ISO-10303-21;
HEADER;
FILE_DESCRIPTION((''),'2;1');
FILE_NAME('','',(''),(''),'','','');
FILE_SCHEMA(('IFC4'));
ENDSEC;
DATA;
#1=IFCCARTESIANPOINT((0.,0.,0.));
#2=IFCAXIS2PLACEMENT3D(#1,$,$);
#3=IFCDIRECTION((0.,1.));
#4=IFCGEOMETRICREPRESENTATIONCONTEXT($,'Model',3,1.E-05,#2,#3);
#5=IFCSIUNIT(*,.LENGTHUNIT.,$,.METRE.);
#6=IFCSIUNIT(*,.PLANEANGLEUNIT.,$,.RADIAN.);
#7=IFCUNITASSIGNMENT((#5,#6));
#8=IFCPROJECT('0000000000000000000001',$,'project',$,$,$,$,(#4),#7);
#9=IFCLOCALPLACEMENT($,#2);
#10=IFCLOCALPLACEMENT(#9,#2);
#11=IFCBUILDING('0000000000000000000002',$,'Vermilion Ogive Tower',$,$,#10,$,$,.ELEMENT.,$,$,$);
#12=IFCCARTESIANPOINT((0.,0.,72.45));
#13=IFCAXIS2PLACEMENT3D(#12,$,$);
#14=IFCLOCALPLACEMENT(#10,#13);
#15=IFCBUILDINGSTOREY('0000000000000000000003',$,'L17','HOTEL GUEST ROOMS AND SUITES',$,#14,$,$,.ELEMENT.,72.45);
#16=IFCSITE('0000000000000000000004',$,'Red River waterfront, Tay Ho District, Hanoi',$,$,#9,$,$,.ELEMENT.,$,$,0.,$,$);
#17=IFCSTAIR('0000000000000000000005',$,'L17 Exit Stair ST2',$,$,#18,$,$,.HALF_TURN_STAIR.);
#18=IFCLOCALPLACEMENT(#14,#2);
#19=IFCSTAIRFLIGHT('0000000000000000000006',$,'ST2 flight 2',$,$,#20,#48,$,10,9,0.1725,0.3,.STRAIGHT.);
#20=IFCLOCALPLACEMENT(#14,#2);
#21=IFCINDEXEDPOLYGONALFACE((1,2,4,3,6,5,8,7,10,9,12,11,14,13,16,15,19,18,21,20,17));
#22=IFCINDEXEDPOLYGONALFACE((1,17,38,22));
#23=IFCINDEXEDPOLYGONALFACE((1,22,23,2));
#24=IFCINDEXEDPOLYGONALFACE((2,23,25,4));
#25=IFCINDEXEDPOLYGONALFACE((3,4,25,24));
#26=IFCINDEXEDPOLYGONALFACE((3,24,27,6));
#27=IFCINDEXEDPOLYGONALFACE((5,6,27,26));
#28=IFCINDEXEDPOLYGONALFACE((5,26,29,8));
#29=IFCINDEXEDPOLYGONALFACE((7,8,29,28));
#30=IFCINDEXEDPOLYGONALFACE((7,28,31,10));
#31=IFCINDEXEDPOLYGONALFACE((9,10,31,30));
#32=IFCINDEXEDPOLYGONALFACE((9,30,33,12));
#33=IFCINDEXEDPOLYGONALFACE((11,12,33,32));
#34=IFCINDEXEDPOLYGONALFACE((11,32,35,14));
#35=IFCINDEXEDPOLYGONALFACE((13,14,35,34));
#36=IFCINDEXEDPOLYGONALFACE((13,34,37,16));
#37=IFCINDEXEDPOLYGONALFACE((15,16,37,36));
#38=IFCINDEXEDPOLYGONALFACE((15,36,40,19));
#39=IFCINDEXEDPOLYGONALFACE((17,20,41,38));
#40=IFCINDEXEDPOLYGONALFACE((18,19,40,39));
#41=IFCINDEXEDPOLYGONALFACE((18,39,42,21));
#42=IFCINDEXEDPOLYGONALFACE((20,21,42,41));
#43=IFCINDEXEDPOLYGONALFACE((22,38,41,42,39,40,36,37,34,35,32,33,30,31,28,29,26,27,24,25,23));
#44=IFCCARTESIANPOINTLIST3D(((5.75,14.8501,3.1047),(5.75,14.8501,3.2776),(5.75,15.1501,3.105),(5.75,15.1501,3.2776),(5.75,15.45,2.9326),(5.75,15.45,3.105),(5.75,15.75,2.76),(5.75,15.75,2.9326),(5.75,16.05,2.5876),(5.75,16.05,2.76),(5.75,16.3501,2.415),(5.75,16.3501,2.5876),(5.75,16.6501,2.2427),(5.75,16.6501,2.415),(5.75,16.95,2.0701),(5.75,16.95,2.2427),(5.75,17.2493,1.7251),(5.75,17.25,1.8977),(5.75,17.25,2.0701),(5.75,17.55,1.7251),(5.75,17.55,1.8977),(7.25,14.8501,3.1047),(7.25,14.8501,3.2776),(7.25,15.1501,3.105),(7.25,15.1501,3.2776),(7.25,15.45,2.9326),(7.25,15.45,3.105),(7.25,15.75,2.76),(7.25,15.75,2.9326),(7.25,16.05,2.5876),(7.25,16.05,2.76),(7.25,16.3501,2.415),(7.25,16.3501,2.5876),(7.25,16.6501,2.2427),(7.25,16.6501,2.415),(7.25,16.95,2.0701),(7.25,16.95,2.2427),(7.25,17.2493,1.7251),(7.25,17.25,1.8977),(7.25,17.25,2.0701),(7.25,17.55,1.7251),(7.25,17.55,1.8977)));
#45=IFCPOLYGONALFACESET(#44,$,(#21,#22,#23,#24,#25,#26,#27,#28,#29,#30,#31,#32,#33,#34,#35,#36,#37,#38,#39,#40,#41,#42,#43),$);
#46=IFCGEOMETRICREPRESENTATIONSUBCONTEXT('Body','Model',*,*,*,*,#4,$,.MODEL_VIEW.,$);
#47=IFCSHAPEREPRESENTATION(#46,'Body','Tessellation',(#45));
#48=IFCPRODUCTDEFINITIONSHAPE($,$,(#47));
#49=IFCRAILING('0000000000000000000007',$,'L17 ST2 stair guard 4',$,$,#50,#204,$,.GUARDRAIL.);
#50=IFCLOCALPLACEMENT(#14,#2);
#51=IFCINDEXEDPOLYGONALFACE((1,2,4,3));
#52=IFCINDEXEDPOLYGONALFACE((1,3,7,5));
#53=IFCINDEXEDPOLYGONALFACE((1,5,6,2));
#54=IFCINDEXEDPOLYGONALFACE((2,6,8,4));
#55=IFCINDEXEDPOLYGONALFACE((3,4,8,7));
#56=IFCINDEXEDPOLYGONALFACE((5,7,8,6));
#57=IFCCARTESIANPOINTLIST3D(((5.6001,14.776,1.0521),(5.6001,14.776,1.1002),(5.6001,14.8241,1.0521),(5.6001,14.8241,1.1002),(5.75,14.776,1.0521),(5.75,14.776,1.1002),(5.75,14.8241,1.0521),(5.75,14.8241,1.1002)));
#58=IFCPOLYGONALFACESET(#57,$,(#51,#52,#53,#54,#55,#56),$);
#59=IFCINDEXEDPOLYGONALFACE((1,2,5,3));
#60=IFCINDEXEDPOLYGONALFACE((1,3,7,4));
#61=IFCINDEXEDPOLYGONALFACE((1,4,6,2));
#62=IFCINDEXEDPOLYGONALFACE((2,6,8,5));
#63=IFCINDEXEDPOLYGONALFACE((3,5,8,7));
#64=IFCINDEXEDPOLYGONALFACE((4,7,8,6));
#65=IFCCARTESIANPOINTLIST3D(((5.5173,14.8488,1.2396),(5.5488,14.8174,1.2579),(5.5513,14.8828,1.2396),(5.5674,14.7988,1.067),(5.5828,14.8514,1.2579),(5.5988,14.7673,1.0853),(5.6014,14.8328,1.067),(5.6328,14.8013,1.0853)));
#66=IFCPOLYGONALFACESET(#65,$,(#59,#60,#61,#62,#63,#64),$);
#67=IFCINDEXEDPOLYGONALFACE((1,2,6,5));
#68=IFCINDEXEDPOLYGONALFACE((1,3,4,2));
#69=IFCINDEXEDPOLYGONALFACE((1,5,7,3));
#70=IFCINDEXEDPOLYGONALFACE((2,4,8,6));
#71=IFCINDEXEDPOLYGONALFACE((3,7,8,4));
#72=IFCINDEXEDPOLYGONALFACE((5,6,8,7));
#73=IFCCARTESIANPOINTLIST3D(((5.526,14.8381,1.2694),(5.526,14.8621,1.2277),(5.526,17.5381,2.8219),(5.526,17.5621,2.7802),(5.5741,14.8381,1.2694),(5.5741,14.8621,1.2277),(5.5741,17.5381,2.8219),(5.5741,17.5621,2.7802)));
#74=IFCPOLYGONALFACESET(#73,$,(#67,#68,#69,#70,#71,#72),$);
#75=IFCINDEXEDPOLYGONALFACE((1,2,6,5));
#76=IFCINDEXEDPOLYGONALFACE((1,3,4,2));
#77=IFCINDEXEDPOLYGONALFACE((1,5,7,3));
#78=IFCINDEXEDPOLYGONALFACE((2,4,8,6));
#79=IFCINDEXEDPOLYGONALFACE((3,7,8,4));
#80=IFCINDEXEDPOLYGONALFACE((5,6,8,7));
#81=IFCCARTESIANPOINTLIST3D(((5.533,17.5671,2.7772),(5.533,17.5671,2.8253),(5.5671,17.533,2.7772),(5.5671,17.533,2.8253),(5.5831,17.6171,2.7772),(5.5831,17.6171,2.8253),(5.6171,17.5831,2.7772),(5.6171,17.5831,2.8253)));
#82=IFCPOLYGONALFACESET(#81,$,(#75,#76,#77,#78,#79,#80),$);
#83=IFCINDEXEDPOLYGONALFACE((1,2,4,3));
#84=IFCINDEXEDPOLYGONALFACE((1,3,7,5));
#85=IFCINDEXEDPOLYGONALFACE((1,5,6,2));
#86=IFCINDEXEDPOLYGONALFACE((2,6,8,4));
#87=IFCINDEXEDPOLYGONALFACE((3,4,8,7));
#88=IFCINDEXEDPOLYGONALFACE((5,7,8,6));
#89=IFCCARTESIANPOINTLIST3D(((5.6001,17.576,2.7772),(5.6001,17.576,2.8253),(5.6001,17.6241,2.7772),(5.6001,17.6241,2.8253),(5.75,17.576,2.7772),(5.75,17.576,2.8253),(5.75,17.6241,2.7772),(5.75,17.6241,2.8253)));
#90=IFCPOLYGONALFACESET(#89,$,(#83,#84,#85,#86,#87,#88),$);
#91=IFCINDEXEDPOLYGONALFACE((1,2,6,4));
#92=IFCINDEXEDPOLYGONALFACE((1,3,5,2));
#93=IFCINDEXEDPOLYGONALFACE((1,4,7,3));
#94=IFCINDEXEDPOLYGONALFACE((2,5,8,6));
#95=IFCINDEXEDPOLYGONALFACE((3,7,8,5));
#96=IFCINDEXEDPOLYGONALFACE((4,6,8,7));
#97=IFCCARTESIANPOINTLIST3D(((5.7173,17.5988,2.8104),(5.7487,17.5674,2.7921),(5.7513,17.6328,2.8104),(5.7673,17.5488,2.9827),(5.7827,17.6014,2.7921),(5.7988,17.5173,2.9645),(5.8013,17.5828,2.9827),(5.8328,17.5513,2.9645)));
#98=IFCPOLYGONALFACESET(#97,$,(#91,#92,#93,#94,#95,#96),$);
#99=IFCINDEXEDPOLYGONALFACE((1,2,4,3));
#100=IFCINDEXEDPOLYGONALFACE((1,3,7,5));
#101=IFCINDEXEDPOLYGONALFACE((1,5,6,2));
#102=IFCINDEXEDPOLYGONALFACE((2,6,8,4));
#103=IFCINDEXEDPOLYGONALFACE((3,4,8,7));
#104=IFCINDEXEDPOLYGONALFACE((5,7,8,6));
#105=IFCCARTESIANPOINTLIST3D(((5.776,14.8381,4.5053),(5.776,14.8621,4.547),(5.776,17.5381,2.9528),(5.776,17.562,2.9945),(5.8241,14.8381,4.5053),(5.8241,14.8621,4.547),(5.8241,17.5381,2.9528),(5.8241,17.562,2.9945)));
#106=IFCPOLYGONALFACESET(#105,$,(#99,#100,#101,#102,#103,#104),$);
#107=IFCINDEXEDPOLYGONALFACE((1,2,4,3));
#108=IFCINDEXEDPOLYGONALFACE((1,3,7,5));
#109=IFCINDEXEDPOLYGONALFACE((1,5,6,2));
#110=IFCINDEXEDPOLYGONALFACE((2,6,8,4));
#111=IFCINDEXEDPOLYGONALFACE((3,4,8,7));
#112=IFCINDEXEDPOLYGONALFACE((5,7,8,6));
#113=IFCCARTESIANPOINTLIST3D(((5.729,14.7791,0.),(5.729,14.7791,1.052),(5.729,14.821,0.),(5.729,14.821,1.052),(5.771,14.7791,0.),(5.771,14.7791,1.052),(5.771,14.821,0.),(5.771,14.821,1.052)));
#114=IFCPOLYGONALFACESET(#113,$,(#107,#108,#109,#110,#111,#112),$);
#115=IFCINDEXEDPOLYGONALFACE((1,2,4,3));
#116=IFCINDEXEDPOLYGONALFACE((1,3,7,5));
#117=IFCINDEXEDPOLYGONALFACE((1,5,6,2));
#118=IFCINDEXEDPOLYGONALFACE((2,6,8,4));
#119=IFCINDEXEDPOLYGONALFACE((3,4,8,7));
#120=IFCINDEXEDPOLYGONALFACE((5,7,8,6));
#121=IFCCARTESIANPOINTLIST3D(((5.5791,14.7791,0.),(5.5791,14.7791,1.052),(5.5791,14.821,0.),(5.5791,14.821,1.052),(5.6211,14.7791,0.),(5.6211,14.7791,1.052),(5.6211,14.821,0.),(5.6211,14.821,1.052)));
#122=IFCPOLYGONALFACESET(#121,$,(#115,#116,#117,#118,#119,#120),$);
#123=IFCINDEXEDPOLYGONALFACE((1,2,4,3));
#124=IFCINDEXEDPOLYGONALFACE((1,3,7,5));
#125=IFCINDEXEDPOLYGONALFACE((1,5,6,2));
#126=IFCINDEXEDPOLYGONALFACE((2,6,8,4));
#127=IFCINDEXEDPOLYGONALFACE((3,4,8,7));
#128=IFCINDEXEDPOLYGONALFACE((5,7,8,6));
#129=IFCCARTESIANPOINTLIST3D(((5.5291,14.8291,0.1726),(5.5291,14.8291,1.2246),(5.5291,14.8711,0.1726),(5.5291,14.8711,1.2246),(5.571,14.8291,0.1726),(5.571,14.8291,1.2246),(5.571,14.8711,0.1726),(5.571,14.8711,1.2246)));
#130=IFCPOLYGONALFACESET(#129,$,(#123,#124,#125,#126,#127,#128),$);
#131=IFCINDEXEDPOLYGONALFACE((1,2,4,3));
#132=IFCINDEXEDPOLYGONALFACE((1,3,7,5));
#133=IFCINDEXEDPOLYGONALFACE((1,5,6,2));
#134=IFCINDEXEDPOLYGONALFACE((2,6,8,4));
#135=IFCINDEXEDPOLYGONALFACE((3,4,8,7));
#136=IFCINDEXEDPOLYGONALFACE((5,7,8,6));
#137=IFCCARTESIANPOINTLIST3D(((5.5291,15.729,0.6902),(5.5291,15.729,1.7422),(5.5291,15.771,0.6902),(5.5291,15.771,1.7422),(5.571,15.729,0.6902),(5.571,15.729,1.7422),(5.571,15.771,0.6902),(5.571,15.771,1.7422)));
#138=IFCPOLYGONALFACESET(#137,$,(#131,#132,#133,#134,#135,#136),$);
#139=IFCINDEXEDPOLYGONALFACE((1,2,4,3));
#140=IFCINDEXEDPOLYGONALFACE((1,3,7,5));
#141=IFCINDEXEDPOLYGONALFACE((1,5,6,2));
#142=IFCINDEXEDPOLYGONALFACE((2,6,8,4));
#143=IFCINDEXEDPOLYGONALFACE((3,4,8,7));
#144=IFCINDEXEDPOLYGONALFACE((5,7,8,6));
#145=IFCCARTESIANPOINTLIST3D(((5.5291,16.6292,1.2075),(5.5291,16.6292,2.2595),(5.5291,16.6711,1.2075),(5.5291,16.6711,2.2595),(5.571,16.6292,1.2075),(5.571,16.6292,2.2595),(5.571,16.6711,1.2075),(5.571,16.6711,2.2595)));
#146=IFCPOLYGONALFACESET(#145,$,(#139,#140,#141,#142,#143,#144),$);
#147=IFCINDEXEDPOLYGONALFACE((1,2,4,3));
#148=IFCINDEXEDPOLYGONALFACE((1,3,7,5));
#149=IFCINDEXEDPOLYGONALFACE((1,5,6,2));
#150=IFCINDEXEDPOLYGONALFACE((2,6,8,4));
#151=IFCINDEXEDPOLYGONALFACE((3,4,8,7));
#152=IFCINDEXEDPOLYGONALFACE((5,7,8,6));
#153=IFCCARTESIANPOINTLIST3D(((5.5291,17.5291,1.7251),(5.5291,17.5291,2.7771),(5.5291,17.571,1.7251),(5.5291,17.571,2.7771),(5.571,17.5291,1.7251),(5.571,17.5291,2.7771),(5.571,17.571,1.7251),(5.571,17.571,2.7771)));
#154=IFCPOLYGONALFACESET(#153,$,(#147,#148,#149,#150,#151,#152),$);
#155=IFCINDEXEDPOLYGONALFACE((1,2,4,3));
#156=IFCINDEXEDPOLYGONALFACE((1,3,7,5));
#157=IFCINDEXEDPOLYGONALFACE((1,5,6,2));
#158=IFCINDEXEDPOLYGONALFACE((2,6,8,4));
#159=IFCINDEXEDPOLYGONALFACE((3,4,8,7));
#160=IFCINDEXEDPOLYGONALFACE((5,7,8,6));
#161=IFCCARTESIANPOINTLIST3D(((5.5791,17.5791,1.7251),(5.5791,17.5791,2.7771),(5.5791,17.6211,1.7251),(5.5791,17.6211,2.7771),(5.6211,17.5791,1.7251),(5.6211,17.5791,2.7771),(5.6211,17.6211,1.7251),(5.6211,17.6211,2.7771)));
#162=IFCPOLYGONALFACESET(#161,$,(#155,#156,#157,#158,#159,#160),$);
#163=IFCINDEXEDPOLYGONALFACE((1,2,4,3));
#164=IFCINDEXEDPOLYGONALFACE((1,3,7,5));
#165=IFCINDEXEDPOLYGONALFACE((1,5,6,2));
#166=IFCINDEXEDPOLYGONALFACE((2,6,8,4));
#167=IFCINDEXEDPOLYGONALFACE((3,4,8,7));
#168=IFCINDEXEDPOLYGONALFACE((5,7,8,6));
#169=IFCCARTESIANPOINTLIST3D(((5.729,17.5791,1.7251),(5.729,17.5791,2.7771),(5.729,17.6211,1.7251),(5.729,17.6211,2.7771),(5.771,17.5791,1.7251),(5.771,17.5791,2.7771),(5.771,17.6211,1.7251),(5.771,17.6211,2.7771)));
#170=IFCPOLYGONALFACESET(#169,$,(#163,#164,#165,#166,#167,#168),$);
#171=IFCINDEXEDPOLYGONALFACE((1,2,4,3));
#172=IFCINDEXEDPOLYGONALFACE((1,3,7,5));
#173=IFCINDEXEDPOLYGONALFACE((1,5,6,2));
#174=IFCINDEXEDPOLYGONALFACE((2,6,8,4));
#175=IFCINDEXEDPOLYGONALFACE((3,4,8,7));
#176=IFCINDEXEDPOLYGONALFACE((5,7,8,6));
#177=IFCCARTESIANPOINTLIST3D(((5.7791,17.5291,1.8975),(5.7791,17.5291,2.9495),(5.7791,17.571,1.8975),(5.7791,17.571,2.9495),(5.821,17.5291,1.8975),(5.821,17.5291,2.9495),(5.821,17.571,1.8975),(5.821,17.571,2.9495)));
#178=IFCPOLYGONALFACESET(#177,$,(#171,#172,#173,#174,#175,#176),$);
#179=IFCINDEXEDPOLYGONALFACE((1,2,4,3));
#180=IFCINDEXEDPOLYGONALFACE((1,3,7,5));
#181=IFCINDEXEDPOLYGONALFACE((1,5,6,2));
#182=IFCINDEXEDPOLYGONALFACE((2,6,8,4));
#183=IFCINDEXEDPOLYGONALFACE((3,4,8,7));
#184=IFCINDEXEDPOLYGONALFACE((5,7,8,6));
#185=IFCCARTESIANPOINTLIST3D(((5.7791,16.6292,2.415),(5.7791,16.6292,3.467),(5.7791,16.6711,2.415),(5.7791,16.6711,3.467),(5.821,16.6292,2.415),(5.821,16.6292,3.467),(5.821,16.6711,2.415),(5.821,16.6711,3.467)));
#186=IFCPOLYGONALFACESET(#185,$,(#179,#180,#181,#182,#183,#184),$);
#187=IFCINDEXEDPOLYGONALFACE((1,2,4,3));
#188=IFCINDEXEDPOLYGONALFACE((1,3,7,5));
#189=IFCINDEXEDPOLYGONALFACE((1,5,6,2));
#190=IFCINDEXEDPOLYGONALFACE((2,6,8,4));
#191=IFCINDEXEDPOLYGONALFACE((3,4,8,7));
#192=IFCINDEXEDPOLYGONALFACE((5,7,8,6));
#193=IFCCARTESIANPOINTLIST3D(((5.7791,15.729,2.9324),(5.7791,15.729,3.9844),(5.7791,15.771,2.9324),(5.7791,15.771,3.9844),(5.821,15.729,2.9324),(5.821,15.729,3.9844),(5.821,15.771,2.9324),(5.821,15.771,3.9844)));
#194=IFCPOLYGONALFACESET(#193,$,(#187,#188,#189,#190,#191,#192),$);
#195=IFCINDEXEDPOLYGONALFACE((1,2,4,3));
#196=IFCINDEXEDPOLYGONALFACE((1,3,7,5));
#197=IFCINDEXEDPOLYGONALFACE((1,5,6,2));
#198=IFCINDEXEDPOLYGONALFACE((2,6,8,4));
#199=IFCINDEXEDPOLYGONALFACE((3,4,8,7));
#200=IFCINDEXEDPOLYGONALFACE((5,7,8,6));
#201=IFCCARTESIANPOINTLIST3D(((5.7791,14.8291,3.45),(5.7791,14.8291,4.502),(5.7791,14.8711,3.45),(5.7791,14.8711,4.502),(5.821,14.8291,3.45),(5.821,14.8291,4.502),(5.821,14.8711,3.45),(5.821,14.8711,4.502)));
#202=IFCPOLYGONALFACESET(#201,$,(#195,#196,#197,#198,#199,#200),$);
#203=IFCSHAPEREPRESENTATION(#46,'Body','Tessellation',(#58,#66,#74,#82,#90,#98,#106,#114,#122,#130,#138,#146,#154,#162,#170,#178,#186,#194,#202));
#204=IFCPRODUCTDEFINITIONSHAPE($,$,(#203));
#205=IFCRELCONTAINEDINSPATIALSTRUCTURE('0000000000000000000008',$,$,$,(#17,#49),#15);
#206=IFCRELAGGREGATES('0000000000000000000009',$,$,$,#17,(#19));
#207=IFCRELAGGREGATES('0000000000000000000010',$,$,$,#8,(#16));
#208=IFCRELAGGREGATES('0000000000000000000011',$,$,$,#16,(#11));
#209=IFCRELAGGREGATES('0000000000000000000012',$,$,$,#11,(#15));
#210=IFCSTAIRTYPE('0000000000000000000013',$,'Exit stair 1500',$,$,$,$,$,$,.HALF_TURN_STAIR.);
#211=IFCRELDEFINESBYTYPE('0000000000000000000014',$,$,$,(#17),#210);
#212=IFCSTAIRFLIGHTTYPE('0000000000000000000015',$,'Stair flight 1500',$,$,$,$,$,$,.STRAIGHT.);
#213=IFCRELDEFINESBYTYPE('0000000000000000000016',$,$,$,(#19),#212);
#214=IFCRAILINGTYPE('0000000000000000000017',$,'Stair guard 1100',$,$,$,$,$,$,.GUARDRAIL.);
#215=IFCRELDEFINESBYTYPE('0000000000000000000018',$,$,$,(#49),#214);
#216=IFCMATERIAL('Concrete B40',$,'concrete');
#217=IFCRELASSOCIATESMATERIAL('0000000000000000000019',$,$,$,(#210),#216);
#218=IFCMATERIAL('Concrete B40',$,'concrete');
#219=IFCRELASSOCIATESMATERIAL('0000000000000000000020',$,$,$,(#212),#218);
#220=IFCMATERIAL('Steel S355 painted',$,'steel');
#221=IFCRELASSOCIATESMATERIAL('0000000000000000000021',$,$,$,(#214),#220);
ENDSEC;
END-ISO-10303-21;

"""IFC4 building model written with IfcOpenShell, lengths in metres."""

from ifc_helpers import new_model, si_unit, direction, frame, origin, origin_2d, place, context, subcontext, project, spatial, polyline, rectangle, outline, extrude, material, type_object, element, aggregate, save


model = new_model("IFC4")

# Units and contexts
model_context = context("Model", 3, precision=1e-05, world=origin(), true_north=direction((0.0, 1.0)))
body_context = subcontext(model_context, "Body", "Model", "MODEL_VIEW")
ifc_project = project(units=[si_unit("LENGTHUNIT", "METRE"), si_unit("PLANEANGLEUNIT", "RADIAN")], contexts=[model_context])

# Site, building, storey
site_placement = place(None, origin())
site = spatial("IfcSite", under=ifc_project, at=site_placement, Name="Red River waterfront, Tay Ho District, Hanoi", CompositionType="ELEMENT", RefElevation=0.0)
building_placement = place(site_placement, origin())
building = spatial("IfcBuilding", under=site, at=building_placement, Name="Vermilion Ogive Tower", CompositionType="ELEMENT")
storey_placement = place(building_placement, frame((0.0, 0.0, 72.45)))
storey = spatial("IfcBuildingStorey", under=building, at=storey_placement, Name="L17", Description="HOTEL GUEST ROOMS AND SUITES", CompositionType="ELEMENT", Elevation=72.45)

# Stair, stair flight
ifc_material_1 = material(Name="Concrete B40", Category="concrete")
stair_type = type_object("IfcStairType", Name="Exit stair 1500", PredefinedType="HALF_TURN_STAIR", material=ifc_material_1)
stair_placement = place(storey_placement, origin())
stair = element("IfcStair", 1, at=stair_placement, inside=storey, type_object=stair_type, Name="L17 Exit Stair ST2", PredefinedType="HALF_TURN_STAIR")
ifc_material_2 = material(Name="Concrete B40", Category="concrete")
stair_flight_type = type_object("IfcStairFlightType", Name="Stair flight 1500", PredefinedType="STRAIGHT", material=ifc_material_2)
stair_flight_1_placement = place(storey_placement, frame((6.5, 17.55, 1.7251), z_axis=(0.0, 0.0, 1.0), x_axis=(0.0, -1.0, 0.0)))
stair_flight_1 = element("IfcStairFlight", 2, at=stair_flight_1_placement, type_object=stair_flight_type, Name="ST2 flight 2", NumberOfRisers=10, NumberOfTreads=9, PredefinedType="STRAIGHT", RiserHeight=0.1725, TreadLength=0.3, context=body_context, shape_type="SweptSolid", body=[
    extrude(outline(polyline([(0.0, 0.0), (0.0, 0.1726), (0.3, 0.1726), (0.3, 0.345), (0.6001, 0.345), (0.6001, 0.5176), (0.8999, 0.5176), (0.8999, 0.6899), (1.2, 0.6899), (1.2, 0.8625), (1.5, 0.8625), (1.5, 1.0349), (1.8, 1.0349), (1.8, 1.2075), (2.1001, 1.2075), (2.1001, 1.3799), (2.3999, 1.3799), (2.3999, 1.5525), (2.7, 1.5525), (2.7, 1.7251), (2.7, 1.3796), (0.3008, 0.0), (0.0, 0.0)])), frame((0.0, 0.75, 0.0), z_axis=(0.0, -1.0, 0.0), x_axis=(1.0, 0.0, 0.0)), (0.0, 0.0, 1.0), 1.5),
])
aggregate(stair, [stair_flight_1])

# Railing
ifc_material_3 = material(Name="Steel S355 painted", Category="steel")
railing_type_1 = type_object("IfcRailingType", Name="Stair guard 1100", PredefinedType="GUARDRAIL", material=ifc_material_3)
railing_1_placement = place(storey_placement, frame((5.75, 14.8, 0.0)))
element("IfcRailing", 3, at=railing_1_placement, inside=storey, type_object=railing_type_1, Name="L17 ST2 stair guard 4", PredefinedType="GUARDRAIL", context=body_context, shape_type="SweptSolid", body=[
    extrude(rectangle(XDim=0.0481, YDim=0.0481, at=origin_2d()), frame((0.0, 0.0, 1.0762), z_axis=(-1.0, 0.0, 0.0), x_axis=(0.0, -1.0, 0.0)), (0.0, 0.0, 1.0), 0.1499),
    extrude(rectangle(XDim=0.0481, YDim=0.0481, at=origin_2d()), frame((-0.1499, 0.0, 1.0762), z_axis=(-0.268278, 0.268278, 0.925232), x_axis=(-0.707107, -0.707107, 0.0)), (0.0, 0.0, 1.0), 0.1865),
    extrude(rectangle(XDim=0.0481, YDim=0.0481, at=origin_2d()), frame((-0.2, 0.05, 1.2485), z_axis=(0.0, 0.866904, 0.498476), x_axis=(-1.0, 0.0, 0.0)), (0.0, 0.0, 1.0), 3.1145),
    extrude(rectangle(XDim=0.0481, YDim=0.0481, at=origin_2d()), frame((-0.2, 2.75, 2.8013), z_axis=(0.707107, 0.707107, 0.0), x_axis=(-0.707107, 0.707107, 0.0)), (0.0, 0.0, 1.0), 0.0708),
    extrude(rectangle(XDim=0.0481, YDim=0.0481, at=origin_2d()), frame((-0.1499, 2.8, 2.8013), z_axis=(1.0, 0.0, 0.0), x_axis=(0.0, 1.0, 0.0)), (0.0, 0.0, 1.0), 0.1499),
    extrude(rectangle(XDim=0.0481, YDim=0.0481, at=origin_2d()), frame((0.0, 2.8, 2.8013), z_axis=(0.268603, -0.268603, 0.925043), x_axis=(0.707107, 0.707107, 0.0)), (0.0, 0.0, 1.0), 0.1863),
    extrude(rectangle(XDim=0.0481, YDim=0.0481, at=origin_2d()), frame((0.05, 2.75, 2.9736), z_axis=(0.0, -0.866904, 0.498476), x_axis=(1.0, 0.0, 0.0)), (0.0, 0.0, 1.0), 3.1145),
    extrude(rectangle(XDim=0.042, YDim=0.042, at=origin_2d()), origin(), (0.0, 0.0, 1.0), 1.052),
    extrude(rectangle(XDim=0.042, YDim=0.042, at=origin_2d()), frame((-0.1499, 0.0, 0.0)), (0.0, 0.0, 1.0), 1.052),
    extrude(rectangle(XDim=0.042, YDim=0.042, at=origin_2d()), frame((-0.2, 0.05, 0.1726)), (0.0, 0.0, 1.0), 1.052),
    extrude(rectangle(XDim=0.042, YDim=0.042, at=origin_2d()), frame((-0.2, 0.95, 0.6902)), (0.0, 0.0, 1.0), 1.052),
    extrude(rectangle(XDim=0.042, YDim=0.042, at=origin_2d()), frame((-0.2, 1.8501, 1.2075)), (0.0, 0.0, 1.0), 1.052),
    extrude(rectangle(XDim=0.042, YDim=0.042, at=origin_2d()), frame((-0.2, 2.75, 1.7251)), (0.0, 0.0, 1.0), 1.052),
    extrude(rectangle(XDim=0.042, YDim=0.042, at=origin_2d()), frame((-0.1499, 2.8, 1.7251)), (0.0, 0.0, 1.0), 1.052),
    extrude(rectangle(XDim=0.042, YDim=0.042, at=origin_2d()), frame((0.0, 2.8, 1.7251)), (0.0, 0.0, 1.0), 1.052),
    extrude(rectangle(XDim=0.042, YDim=0.042, at=origin_2d()), frame((0.05, 2.75, 1.8975)), (0.0, 0.0, 1.0), 1.052),
    extrude(rectangle(XDim=0.042, YDim=0.042, at=origin_2d()), frame((0.05, 1.8501, 2.415)), (0.0, 0.0, 1.0), 1.052),
    extrude(rectangle(XDim=0.042, YDim=0.042, at=origin_2d()), frame((0.05, 0.95, 2.9324)), (0.0, 0.0, 1.0), 1.052),
    extrude(rectangle(XDim=0.042, YDim=0.042, at=origin_2d()), frame((0.05, 0.05, 3.45)), (0.0, 0.0, 1.0), 1.052),
])

save(model, "model.ifc")
